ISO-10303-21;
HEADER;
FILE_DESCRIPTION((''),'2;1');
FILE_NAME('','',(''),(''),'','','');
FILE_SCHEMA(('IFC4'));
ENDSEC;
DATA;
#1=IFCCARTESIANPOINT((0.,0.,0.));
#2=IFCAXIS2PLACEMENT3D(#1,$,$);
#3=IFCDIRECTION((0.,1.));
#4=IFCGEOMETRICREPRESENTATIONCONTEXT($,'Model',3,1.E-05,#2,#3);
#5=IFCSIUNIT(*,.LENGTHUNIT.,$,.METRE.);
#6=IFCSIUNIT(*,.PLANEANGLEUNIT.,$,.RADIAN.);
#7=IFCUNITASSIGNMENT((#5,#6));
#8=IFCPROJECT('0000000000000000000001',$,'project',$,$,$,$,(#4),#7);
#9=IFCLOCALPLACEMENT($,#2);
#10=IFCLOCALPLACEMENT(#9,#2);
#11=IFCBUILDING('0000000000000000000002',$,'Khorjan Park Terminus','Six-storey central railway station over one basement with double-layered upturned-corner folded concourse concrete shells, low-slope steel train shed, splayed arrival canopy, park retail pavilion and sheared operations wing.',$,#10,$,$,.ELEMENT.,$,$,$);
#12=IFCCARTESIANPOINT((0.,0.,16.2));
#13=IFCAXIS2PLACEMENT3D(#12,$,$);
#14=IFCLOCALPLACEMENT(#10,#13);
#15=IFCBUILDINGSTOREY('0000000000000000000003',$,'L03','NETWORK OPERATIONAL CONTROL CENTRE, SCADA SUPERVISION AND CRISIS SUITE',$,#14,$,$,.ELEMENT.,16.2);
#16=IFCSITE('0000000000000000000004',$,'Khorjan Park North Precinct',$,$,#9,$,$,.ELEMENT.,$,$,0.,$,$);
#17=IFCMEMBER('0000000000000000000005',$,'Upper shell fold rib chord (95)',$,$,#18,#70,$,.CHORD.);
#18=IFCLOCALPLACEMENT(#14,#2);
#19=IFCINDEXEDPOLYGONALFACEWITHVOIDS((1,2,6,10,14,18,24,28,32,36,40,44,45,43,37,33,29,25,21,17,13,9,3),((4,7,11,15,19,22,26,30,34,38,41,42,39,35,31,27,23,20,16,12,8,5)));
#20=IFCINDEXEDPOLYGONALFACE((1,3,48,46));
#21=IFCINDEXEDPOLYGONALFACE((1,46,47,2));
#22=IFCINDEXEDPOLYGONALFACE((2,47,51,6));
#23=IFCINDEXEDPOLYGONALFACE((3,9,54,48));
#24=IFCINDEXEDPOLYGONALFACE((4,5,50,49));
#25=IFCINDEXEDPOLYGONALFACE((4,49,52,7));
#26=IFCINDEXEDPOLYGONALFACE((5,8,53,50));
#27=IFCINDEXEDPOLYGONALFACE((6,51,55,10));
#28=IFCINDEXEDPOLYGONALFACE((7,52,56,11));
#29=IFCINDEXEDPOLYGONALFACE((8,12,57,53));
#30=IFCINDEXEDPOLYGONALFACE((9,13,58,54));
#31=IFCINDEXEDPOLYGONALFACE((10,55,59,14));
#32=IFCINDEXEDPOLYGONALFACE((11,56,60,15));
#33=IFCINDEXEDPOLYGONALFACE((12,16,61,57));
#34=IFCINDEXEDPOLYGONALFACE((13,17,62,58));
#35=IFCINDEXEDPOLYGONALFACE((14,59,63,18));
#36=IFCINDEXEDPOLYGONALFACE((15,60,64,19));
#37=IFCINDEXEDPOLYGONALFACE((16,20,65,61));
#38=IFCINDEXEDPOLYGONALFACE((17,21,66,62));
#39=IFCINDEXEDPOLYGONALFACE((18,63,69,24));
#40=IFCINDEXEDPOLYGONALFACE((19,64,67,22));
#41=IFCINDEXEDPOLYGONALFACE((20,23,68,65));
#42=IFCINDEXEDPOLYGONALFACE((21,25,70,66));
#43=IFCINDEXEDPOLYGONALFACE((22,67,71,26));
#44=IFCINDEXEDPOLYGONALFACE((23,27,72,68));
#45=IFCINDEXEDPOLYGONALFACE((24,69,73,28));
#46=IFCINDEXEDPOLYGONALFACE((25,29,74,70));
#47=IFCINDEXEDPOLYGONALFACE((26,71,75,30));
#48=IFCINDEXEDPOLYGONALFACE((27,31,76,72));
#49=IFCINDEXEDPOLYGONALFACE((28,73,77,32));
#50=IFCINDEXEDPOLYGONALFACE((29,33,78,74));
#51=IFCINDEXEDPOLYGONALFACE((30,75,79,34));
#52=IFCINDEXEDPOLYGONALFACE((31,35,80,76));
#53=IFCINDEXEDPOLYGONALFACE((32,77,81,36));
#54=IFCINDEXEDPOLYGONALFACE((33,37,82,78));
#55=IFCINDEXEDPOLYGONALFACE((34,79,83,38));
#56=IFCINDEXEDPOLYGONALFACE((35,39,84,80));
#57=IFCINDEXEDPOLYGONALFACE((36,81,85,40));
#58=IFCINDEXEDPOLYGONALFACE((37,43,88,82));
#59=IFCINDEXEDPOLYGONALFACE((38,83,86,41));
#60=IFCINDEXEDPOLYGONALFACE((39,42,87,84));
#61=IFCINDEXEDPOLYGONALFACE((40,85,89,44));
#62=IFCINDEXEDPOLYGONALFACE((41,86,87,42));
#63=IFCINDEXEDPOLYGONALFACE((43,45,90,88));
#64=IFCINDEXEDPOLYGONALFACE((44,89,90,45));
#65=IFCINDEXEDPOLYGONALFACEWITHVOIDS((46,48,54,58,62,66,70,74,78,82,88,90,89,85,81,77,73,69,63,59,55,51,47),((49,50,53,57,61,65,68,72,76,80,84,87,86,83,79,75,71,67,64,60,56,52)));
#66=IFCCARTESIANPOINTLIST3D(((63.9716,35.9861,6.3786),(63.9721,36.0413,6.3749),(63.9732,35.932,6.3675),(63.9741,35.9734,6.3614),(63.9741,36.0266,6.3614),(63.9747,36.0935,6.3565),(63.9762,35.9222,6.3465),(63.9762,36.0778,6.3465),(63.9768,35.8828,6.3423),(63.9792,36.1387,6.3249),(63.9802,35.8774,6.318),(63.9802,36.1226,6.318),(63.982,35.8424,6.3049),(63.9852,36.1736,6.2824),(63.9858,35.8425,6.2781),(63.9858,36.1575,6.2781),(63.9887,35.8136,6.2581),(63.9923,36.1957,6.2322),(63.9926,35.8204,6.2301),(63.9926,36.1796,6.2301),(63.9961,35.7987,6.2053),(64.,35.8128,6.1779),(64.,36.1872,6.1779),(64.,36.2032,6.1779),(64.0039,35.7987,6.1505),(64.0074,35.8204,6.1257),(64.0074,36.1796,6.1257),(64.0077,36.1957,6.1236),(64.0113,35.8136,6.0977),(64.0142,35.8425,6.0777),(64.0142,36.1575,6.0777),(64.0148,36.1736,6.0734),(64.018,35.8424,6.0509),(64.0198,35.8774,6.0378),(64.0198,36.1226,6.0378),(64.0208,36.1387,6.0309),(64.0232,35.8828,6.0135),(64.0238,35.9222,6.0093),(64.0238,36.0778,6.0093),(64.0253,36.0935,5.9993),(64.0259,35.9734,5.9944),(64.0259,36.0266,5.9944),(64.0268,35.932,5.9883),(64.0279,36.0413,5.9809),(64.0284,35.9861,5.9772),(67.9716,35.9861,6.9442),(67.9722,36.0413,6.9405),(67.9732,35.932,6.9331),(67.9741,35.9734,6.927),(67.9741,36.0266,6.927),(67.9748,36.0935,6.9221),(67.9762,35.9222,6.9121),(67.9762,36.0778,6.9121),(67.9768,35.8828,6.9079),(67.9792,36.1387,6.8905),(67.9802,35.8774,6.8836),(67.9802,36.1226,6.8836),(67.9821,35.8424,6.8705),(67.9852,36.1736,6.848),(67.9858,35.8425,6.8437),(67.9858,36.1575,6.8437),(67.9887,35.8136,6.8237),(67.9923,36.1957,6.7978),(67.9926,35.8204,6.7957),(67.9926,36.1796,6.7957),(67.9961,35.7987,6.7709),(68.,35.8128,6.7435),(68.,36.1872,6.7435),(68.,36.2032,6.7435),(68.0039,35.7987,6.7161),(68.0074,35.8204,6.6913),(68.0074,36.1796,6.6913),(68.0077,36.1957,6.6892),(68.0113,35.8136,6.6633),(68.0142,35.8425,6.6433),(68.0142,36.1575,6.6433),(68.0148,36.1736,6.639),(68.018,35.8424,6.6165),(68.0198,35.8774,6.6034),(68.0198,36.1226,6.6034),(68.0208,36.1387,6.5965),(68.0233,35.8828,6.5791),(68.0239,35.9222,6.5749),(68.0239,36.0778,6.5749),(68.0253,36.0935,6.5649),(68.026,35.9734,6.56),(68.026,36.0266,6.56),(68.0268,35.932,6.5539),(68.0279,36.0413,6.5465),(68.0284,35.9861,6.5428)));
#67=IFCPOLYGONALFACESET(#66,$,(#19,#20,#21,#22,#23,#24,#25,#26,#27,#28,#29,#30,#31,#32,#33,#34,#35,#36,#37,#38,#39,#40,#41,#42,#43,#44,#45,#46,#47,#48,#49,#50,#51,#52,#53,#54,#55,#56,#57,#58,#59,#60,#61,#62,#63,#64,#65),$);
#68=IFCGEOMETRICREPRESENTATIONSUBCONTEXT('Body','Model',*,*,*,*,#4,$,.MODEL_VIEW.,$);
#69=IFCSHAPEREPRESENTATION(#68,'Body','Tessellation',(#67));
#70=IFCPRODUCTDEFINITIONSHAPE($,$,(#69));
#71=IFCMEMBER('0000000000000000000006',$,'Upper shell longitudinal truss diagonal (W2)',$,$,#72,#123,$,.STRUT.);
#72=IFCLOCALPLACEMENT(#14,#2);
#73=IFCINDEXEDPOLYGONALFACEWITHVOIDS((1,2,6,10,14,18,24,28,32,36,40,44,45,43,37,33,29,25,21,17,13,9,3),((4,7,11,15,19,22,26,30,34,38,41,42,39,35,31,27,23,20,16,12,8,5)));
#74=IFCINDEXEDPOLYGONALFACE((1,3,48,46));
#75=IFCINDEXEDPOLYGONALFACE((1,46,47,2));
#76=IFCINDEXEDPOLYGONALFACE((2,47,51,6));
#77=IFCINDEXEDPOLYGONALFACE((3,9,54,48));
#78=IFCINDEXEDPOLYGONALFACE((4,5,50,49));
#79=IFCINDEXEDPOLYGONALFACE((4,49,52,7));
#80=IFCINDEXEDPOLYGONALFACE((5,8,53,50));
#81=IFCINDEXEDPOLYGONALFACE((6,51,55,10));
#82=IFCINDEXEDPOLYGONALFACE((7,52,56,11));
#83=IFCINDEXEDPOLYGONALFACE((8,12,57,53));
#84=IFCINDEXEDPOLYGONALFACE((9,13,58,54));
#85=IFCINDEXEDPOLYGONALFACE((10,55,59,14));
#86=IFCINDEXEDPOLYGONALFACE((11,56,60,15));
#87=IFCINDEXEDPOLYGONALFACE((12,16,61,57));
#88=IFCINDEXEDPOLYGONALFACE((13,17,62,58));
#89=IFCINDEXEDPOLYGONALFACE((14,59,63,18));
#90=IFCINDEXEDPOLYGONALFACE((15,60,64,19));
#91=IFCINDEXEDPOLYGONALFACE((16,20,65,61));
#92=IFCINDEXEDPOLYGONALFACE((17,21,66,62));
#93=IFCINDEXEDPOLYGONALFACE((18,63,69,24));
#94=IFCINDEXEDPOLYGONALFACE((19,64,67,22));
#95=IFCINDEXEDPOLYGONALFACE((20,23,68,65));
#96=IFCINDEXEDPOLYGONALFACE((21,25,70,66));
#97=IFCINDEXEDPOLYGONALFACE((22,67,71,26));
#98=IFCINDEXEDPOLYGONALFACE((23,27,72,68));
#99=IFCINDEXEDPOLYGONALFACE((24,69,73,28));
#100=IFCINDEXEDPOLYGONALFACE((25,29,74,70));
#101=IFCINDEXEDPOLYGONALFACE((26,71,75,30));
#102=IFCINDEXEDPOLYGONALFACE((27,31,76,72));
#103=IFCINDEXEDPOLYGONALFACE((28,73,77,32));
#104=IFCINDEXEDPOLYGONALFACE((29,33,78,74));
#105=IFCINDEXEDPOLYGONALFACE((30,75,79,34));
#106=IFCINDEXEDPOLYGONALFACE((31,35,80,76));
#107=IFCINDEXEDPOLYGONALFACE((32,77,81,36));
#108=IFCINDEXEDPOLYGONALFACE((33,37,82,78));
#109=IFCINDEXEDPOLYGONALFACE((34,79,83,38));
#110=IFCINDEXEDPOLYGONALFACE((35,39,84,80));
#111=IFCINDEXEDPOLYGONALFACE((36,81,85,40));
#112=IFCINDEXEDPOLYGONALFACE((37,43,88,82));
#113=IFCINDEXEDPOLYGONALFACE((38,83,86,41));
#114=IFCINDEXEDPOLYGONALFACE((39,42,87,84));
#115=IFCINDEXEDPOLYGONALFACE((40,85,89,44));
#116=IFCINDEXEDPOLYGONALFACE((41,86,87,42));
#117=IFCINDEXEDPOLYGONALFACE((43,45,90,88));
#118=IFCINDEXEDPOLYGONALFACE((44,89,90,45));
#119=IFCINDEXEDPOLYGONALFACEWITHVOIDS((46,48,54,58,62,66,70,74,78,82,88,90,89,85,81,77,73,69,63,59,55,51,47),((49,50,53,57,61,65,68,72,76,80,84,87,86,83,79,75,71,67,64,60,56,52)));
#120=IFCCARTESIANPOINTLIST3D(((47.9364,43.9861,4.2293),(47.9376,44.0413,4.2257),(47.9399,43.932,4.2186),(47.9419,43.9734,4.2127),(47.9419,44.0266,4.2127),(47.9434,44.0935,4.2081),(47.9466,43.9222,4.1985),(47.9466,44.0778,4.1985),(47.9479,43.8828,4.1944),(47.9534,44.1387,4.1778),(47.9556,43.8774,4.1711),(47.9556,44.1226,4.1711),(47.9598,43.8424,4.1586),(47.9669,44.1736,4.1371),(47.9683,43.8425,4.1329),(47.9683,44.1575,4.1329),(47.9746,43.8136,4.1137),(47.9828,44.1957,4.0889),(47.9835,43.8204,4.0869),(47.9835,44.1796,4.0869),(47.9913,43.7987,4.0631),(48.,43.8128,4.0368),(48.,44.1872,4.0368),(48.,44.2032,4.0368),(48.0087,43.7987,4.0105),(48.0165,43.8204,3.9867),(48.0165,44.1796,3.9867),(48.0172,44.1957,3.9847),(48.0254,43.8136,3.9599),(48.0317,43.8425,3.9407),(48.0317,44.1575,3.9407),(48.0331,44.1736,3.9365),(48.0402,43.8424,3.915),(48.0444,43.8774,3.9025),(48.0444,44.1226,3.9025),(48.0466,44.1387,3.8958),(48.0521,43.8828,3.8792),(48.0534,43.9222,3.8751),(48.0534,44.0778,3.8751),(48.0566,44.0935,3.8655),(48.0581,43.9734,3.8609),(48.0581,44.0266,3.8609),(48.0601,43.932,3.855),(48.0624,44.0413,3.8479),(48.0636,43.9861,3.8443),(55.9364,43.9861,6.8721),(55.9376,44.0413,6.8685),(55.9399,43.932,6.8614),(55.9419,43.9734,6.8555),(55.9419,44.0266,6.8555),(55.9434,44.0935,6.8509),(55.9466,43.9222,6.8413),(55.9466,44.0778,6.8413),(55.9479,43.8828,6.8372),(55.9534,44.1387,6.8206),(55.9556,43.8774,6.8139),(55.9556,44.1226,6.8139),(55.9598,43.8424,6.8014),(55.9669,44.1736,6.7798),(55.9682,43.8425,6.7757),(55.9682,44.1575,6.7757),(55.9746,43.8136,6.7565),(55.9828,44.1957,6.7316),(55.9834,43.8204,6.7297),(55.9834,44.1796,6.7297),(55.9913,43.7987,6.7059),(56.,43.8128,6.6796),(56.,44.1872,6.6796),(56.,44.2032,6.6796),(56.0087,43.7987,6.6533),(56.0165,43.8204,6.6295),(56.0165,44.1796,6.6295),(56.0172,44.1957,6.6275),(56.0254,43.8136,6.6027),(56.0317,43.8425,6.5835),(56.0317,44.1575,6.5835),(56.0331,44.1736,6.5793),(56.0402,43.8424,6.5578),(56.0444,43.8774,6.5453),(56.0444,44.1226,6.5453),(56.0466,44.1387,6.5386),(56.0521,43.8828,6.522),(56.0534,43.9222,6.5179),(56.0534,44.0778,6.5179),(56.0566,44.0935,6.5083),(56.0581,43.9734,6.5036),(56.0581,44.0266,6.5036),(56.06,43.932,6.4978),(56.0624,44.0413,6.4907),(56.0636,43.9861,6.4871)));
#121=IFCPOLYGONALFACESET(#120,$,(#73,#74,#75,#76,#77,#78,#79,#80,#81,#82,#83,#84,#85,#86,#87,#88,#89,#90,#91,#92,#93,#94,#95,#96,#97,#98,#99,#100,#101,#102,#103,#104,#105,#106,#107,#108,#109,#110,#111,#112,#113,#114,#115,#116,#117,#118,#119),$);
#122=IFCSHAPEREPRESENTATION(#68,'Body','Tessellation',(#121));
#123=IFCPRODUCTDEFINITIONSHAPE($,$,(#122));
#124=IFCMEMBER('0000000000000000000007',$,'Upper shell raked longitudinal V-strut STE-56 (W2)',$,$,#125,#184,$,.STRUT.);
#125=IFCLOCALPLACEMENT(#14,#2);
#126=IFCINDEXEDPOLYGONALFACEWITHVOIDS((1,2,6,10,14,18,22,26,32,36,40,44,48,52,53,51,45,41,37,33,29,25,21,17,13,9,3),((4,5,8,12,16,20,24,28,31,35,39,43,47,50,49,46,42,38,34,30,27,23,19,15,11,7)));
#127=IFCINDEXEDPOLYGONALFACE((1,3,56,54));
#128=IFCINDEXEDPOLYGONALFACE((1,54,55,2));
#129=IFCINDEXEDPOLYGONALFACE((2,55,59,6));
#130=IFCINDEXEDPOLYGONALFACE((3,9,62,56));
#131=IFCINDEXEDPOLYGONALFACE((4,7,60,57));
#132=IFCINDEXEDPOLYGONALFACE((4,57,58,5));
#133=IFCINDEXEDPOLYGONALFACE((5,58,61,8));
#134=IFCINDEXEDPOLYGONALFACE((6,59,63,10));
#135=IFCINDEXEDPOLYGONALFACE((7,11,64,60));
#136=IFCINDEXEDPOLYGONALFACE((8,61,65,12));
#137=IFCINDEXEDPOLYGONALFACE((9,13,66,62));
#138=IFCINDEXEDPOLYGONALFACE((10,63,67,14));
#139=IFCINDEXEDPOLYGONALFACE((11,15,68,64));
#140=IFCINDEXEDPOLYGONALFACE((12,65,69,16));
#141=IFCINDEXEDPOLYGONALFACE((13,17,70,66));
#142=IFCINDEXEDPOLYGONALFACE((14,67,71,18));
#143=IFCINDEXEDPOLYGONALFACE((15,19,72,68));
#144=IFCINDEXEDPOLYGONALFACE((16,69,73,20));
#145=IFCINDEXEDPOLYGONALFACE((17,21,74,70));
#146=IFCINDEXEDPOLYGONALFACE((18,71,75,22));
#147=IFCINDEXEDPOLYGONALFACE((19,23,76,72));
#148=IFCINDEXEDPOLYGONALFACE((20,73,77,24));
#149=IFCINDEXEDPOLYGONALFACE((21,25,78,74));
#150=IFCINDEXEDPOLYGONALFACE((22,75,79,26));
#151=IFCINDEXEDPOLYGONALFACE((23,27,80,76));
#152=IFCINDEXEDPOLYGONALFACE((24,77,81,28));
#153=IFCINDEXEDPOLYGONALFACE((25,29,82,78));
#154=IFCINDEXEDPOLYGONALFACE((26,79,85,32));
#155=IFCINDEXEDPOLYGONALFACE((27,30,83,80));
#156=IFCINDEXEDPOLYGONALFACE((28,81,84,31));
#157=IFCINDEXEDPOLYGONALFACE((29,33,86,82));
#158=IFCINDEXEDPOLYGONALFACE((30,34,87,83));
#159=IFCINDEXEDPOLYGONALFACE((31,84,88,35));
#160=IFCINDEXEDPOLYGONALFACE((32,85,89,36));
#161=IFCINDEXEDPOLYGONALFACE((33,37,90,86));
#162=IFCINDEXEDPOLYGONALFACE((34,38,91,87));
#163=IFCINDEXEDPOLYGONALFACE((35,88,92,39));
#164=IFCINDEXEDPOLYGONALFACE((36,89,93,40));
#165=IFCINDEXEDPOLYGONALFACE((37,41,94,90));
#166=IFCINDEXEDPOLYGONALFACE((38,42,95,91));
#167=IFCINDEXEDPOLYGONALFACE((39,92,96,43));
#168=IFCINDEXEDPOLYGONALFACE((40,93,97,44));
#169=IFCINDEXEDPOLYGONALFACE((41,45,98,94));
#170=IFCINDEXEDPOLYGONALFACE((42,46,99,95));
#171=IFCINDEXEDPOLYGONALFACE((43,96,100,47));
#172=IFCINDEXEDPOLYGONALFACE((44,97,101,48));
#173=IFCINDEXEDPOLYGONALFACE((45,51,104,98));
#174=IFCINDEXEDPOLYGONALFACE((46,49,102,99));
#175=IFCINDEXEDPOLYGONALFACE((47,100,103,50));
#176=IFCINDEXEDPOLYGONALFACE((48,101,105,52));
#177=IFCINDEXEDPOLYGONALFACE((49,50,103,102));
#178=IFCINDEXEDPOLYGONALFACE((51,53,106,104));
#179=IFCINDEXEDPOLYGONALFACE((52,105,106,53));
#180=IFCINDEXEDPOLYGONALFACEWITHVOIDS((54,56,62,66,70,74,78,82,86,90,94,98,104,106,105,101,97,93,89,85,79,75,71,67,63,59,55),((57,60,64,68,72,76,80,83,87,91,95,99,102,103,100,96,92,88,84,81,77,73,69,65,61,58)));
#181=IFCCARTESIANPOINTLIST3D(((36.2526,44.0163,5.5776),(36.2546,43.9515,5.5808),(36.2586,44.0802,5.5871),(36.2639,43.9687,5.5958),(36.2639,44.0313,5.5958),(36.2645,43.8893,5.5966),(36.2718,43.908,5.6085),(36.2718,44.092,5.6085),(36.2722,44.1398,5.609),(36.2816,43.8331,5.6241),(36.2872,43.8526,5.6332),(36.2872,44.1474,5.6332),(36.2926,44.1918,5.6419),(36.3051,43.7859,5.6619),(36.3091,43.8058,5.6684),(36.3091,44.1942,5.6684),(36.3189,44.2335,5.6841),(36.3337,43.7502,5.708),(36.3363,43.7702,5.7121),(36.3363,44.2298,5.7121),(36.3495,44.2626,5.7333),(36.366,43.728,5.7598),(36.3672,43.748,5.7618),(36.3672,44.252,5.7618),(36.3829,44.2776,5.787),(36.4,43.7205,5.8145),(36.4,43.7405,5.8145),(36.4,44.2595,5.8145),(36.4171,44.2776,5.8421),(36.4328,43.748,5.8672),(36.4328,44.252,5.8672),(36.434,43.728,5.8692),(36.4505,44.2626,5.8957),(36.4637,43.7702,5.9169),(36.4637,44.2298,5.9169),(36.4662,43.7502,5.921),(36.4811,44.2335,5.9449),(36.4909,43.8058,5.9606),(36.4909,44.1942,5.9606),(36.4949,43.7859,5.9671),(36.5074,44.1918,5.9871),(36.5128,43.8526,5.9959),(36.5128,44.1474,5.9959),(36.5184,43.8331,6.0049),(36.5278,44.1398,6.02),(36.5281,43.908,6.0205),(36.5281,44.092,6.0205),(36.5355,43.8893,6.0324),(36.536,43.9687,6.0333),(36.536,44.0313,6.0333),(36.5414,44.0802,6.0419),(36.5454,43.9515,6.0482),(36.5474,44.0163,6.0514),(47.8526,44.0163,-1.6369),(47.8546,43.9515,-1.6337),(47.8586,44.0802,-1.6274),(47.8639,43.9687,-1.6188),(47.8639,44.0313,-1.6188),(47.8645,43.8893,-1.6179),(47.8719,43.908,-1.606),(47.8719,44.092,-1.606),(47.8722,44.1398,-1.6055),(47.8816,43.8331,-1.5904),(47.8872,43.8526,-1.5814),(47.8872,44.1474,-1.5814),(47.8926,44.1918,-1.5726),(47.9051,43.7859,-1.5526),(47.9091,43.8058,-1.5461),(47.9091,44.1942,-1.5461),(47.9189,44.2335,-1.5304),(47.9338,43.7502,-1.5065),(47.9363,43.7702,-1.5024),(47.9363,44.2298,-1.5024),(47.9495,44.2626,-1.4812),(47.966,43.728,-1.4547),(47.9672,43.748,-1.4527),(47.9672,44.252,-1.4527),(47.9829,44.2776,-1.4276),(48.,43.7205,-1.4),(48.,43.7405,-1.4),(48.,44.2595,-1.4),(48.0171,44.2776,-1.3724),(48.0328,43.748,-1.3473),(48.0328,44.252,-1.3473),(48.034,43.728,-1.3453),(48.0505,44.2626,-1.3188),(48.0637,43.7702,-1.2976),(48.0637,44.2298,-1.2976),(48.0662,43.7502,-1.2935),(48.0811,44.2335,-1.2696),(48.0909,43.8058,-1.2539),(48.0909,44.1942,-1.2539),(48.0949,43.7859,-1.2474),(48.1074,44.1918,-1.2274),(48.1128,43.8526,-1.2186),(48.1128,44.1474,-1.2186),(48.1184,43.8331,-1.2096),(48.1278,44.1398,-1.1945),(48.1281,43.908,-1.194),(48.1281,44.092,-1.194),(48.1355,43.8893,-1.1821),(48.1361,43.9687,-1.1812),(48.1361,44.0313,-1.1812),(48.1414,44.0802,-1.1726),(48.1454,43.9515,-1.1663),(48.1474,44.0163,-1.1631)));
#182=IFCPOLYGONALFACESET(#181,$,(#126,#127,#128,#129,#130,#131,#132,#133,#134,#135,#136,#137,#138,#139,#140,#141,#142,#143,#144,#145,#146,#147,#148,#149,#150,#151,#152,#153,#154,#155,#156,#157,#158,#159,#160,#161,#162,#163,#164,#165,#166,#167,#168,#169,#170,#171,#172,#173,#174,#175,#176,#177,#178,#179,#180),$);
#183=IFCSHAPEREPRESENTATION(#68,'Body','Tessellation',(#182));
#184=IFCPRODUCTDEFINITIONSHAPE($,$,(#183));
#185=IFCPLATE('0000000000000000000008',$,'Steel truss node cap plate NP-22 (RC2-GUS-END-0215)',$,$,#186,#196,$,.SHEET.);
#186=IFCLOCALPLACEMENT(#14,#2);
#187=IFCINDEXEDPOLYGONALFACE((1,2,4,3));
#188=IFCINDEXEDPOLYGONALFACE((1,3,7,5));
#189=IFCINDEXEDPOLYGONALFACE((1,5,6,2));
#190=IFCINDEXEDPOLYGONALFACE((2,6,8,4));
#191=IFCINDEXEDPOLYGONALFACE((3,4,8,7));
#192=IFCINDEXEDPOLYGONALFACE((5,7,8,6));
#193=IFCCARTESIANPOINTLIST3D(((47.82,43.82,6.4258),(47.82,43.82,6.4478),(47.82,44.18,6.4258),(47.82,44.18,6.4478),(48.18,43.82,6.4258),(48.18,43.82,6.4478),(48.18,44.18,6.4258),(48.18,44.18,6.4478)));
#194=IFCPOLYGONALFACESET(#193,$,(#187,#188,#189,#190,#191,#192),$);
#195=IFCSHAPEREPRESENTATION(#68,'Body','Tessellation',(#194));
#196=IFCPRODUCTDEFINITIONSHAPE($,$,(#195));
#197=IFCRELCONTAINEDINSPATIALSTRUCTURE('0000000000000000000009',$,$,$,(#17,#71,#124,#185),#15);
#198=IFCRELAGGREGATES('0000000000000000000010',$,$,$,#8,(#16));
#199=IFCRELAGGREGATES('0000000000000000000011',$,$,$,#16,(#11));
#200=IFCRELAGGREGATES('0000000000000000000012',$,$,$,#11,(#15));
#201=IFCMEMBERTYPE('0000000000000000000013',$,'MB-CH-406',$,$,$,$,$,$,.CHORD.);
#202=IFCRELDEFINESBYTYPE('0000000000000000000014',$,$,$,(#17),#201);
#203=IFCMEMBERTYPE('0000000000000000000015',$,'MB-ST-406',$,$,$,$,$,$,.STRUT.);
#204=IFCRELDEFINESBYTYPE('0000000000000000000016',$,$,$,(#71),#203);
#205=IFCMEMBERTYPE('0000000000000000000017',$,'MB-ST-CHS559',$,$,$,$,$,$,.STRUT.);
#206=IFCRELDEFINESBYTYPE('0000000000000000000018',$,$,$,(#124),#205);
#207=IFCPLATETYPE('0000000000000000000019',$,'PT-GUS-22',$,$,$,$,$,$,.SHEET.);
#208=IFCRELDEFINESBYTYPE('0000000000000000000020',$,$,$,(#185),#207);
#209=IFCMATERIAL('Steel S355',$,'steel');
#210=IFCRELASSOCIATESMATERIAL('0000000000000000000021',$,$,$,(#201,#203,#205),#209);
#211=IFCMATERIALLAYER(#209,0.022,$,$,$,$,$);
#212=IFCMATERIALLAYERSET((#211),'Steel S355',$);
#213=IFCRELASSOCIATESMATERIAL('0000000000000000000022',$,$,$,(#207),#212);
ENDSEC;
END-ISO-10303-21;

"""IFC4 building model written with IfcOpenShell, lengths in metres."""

from ifc_helpers import new_model, si_unit, direction, frame, origin, origin_2d, place, context, subcontext, project, spatial, rectangle, hollow_circle, extrude, material, layer, layer_set, material_profile, profile_set, type_object, element, save


model = new_model("IFC4")

# Units and contexts
model_context = context("Model", 3, precision=1e-05, world=origin(), true_north=direction((0.0, 1.0)))
body_context = subcontext(model_context, "Body", "Model", "MODEL_VIEW")
ifc_project = project(units=[si_unit("LENGTHUNIT", "METRE"), si_unit("PLANEANGLEUNIT", "RADIAN")], contexts=[model_context])

# Site, building, storey
site_placement = place(None, origin())
site = spatial("IfcSite", under=ifc_project, at=site_placement, Name="Khorjan Park North Precinct", CompositionType="ELEMENT", RefElevation=0.0)
building_placement = place(site_placement, origin())
building = spatial("IfcBuilding", under=site, at=building_placement, Name="Khorjan Park Terminus", Description="Six-storey central railway station over one basement with double-layered upturned-corner folded concourse concrete shells, low-slope steel train shed, splayed arrival canopy, park retail pavilion and sheared operations wing.", CompositionType="ELEMENT")
storey_placement = place(building_placement, frame((0.0, 0.0, 16.2)))
storey = spatial("IfcBuildingStorey", under=building, at=storey_placement, Name="L03", Description="NETWORK OPERATIONAL CONTROL CENTRE, SCADA SUPERVISION AND CRISIS SUITE", CompositionType="ELEMENT", Elevation=16.2)

# Members
ifc_material = material(Name="Steel S355", Category="steel")
ifc_material_profile_1 = material_profile(ifc_material, hollow_circle(Radius=0.2032, WallThickness=0.016, at=origin_2d()), Name="CHS 406.4x16")
ifc_profile_set_1 = profile_set([ifc_material_profile_1], Name="Steel S355")
member_type_1 = type_object("IfcMemberType", Name="MB-CH-406", PredefinedType="CHORD", material=ifc_profile_set_1)
member_1_placement = place(storey_placement, frame((64.0, 36.0, 6.1779), z_axis=(0.99015, 0.0, 0.140007), x_axis=(0.0, 1.0, 0.0)))
element("IfcMember", 1, at=member_1_placement, inside=storey, type_object=member_type_1, Name="Upper shell fold rib chord (95)", PredefinedType="CHORD", context=body_context, shape_type="SweptSolid", body=[
    extrude(hollow_circle(Radius=0.2032, WallThickness=0.016, at=origin_2d()), origin(), (0.0, 0.0, 1.0), 4.0398),
])
ifc_material_profile_2 = material_profile(ifc_material, hollow_circle(Radius=0.2032, WallThickness=0.016, at=origin_2d()), Name="CHS 406.4x16")
ifc_profile_set_2 = profile_set([ifc_material_profile_2], Name="Steel S355")
member_type_2 = type_object("IfcMemberType", Name="MB-ST-406", PredefinedType="STRUT", material=ifc_profile_set_2)
member_2_placement = place(storey_placement, frame((48.0, 44.0, 4.0368), z_axis=(0.94953, 0.0, 0.313677), x_axis=(0.0, 1.0, 0.0)))
element("IfcMember", 2, at=member_2_placement, inside=storey, type_object=member_type_2, Name="Upper shell longitudinal truss diagonal (W2)", PredefinedType="STRUT", context=body_context, shape_type="SweptSolid", body=[
    extrude(hollow_circle(Radius=0.2032, WallThickness=0.016, at=origin_2d()), origin(), (0.0, 0.0, 1.0), 8.4252),
])
ifc_material_profile_3 = material_profile(ifc_material, hollow_circle(Radius=0.2795, WallThickness=0.02, at=origin_2d()), Name="CHS 559x20")
ifc_profile_set_3 = profile_set([ifc_material_profile_3], Name="Steel S355")
member_type_3 = type_object("IfcMemberType", Name="MB-ST-CHS559", PredefinedType="STRUT", material=ifc_profile_set_3)
member_3_placement = place(storey_placement, frame((48.0, 44.0, -1.4), z_axis=(-0.849164, 0.0, 0.528129), x_axis=(0.0, -1.0, 0.0)))
element("IfcMember", 3, at=member_3_placement, inside=storey, type_object=member_type_3, Name="Upper shell raked longitudinal V-strut STE-56 (W2)", PredefinedType="STRUT", context=body_context, shape_type="SweptSolid", body=[
    extrude(hollow_circle(Radius=0.2795, WallThickness=0.02, at=origin_2d()), origin(), (0.0, 0.0, 1.0), 13.6605),
])

# Plate
ifc_layer_1 = layer(ifc_material, 0.022)
ifc_layer_set_1 = layer_set([ifc_layer_1], Name="Steel S355")
plate_type_1 = type_object("IfcPlateType", Name="PT-GUS-22", PredefinedType="SHEET", material=ifc_layer_set_1)
for number, where, z_axis, x_axis, name in (
    (4, (48.0, 44.0, 6.4258), (0.0, 0.0, 1.0), (1.0, 0.0, 0.0), "Steel truss node cap plate NP-22 (RC2-GUS-END-0215)"),
):
    element("IfcPlate", number, at=place(storey_placement, frame(where, z_axis=z_axis, x_axis=x_axis)), inside=storey, type_object=plate_type_1, Name=name, PredefinedType="SHEET", context=body_context, shape_type="SweptSolid", body=[
        extrude(rectangle(XDim=0.36, YDim=0.36, at=origin_2d()), origin(), (0.0, 0.0, 1.0), 0.022),
    ])

save(model, "model.ifc")
